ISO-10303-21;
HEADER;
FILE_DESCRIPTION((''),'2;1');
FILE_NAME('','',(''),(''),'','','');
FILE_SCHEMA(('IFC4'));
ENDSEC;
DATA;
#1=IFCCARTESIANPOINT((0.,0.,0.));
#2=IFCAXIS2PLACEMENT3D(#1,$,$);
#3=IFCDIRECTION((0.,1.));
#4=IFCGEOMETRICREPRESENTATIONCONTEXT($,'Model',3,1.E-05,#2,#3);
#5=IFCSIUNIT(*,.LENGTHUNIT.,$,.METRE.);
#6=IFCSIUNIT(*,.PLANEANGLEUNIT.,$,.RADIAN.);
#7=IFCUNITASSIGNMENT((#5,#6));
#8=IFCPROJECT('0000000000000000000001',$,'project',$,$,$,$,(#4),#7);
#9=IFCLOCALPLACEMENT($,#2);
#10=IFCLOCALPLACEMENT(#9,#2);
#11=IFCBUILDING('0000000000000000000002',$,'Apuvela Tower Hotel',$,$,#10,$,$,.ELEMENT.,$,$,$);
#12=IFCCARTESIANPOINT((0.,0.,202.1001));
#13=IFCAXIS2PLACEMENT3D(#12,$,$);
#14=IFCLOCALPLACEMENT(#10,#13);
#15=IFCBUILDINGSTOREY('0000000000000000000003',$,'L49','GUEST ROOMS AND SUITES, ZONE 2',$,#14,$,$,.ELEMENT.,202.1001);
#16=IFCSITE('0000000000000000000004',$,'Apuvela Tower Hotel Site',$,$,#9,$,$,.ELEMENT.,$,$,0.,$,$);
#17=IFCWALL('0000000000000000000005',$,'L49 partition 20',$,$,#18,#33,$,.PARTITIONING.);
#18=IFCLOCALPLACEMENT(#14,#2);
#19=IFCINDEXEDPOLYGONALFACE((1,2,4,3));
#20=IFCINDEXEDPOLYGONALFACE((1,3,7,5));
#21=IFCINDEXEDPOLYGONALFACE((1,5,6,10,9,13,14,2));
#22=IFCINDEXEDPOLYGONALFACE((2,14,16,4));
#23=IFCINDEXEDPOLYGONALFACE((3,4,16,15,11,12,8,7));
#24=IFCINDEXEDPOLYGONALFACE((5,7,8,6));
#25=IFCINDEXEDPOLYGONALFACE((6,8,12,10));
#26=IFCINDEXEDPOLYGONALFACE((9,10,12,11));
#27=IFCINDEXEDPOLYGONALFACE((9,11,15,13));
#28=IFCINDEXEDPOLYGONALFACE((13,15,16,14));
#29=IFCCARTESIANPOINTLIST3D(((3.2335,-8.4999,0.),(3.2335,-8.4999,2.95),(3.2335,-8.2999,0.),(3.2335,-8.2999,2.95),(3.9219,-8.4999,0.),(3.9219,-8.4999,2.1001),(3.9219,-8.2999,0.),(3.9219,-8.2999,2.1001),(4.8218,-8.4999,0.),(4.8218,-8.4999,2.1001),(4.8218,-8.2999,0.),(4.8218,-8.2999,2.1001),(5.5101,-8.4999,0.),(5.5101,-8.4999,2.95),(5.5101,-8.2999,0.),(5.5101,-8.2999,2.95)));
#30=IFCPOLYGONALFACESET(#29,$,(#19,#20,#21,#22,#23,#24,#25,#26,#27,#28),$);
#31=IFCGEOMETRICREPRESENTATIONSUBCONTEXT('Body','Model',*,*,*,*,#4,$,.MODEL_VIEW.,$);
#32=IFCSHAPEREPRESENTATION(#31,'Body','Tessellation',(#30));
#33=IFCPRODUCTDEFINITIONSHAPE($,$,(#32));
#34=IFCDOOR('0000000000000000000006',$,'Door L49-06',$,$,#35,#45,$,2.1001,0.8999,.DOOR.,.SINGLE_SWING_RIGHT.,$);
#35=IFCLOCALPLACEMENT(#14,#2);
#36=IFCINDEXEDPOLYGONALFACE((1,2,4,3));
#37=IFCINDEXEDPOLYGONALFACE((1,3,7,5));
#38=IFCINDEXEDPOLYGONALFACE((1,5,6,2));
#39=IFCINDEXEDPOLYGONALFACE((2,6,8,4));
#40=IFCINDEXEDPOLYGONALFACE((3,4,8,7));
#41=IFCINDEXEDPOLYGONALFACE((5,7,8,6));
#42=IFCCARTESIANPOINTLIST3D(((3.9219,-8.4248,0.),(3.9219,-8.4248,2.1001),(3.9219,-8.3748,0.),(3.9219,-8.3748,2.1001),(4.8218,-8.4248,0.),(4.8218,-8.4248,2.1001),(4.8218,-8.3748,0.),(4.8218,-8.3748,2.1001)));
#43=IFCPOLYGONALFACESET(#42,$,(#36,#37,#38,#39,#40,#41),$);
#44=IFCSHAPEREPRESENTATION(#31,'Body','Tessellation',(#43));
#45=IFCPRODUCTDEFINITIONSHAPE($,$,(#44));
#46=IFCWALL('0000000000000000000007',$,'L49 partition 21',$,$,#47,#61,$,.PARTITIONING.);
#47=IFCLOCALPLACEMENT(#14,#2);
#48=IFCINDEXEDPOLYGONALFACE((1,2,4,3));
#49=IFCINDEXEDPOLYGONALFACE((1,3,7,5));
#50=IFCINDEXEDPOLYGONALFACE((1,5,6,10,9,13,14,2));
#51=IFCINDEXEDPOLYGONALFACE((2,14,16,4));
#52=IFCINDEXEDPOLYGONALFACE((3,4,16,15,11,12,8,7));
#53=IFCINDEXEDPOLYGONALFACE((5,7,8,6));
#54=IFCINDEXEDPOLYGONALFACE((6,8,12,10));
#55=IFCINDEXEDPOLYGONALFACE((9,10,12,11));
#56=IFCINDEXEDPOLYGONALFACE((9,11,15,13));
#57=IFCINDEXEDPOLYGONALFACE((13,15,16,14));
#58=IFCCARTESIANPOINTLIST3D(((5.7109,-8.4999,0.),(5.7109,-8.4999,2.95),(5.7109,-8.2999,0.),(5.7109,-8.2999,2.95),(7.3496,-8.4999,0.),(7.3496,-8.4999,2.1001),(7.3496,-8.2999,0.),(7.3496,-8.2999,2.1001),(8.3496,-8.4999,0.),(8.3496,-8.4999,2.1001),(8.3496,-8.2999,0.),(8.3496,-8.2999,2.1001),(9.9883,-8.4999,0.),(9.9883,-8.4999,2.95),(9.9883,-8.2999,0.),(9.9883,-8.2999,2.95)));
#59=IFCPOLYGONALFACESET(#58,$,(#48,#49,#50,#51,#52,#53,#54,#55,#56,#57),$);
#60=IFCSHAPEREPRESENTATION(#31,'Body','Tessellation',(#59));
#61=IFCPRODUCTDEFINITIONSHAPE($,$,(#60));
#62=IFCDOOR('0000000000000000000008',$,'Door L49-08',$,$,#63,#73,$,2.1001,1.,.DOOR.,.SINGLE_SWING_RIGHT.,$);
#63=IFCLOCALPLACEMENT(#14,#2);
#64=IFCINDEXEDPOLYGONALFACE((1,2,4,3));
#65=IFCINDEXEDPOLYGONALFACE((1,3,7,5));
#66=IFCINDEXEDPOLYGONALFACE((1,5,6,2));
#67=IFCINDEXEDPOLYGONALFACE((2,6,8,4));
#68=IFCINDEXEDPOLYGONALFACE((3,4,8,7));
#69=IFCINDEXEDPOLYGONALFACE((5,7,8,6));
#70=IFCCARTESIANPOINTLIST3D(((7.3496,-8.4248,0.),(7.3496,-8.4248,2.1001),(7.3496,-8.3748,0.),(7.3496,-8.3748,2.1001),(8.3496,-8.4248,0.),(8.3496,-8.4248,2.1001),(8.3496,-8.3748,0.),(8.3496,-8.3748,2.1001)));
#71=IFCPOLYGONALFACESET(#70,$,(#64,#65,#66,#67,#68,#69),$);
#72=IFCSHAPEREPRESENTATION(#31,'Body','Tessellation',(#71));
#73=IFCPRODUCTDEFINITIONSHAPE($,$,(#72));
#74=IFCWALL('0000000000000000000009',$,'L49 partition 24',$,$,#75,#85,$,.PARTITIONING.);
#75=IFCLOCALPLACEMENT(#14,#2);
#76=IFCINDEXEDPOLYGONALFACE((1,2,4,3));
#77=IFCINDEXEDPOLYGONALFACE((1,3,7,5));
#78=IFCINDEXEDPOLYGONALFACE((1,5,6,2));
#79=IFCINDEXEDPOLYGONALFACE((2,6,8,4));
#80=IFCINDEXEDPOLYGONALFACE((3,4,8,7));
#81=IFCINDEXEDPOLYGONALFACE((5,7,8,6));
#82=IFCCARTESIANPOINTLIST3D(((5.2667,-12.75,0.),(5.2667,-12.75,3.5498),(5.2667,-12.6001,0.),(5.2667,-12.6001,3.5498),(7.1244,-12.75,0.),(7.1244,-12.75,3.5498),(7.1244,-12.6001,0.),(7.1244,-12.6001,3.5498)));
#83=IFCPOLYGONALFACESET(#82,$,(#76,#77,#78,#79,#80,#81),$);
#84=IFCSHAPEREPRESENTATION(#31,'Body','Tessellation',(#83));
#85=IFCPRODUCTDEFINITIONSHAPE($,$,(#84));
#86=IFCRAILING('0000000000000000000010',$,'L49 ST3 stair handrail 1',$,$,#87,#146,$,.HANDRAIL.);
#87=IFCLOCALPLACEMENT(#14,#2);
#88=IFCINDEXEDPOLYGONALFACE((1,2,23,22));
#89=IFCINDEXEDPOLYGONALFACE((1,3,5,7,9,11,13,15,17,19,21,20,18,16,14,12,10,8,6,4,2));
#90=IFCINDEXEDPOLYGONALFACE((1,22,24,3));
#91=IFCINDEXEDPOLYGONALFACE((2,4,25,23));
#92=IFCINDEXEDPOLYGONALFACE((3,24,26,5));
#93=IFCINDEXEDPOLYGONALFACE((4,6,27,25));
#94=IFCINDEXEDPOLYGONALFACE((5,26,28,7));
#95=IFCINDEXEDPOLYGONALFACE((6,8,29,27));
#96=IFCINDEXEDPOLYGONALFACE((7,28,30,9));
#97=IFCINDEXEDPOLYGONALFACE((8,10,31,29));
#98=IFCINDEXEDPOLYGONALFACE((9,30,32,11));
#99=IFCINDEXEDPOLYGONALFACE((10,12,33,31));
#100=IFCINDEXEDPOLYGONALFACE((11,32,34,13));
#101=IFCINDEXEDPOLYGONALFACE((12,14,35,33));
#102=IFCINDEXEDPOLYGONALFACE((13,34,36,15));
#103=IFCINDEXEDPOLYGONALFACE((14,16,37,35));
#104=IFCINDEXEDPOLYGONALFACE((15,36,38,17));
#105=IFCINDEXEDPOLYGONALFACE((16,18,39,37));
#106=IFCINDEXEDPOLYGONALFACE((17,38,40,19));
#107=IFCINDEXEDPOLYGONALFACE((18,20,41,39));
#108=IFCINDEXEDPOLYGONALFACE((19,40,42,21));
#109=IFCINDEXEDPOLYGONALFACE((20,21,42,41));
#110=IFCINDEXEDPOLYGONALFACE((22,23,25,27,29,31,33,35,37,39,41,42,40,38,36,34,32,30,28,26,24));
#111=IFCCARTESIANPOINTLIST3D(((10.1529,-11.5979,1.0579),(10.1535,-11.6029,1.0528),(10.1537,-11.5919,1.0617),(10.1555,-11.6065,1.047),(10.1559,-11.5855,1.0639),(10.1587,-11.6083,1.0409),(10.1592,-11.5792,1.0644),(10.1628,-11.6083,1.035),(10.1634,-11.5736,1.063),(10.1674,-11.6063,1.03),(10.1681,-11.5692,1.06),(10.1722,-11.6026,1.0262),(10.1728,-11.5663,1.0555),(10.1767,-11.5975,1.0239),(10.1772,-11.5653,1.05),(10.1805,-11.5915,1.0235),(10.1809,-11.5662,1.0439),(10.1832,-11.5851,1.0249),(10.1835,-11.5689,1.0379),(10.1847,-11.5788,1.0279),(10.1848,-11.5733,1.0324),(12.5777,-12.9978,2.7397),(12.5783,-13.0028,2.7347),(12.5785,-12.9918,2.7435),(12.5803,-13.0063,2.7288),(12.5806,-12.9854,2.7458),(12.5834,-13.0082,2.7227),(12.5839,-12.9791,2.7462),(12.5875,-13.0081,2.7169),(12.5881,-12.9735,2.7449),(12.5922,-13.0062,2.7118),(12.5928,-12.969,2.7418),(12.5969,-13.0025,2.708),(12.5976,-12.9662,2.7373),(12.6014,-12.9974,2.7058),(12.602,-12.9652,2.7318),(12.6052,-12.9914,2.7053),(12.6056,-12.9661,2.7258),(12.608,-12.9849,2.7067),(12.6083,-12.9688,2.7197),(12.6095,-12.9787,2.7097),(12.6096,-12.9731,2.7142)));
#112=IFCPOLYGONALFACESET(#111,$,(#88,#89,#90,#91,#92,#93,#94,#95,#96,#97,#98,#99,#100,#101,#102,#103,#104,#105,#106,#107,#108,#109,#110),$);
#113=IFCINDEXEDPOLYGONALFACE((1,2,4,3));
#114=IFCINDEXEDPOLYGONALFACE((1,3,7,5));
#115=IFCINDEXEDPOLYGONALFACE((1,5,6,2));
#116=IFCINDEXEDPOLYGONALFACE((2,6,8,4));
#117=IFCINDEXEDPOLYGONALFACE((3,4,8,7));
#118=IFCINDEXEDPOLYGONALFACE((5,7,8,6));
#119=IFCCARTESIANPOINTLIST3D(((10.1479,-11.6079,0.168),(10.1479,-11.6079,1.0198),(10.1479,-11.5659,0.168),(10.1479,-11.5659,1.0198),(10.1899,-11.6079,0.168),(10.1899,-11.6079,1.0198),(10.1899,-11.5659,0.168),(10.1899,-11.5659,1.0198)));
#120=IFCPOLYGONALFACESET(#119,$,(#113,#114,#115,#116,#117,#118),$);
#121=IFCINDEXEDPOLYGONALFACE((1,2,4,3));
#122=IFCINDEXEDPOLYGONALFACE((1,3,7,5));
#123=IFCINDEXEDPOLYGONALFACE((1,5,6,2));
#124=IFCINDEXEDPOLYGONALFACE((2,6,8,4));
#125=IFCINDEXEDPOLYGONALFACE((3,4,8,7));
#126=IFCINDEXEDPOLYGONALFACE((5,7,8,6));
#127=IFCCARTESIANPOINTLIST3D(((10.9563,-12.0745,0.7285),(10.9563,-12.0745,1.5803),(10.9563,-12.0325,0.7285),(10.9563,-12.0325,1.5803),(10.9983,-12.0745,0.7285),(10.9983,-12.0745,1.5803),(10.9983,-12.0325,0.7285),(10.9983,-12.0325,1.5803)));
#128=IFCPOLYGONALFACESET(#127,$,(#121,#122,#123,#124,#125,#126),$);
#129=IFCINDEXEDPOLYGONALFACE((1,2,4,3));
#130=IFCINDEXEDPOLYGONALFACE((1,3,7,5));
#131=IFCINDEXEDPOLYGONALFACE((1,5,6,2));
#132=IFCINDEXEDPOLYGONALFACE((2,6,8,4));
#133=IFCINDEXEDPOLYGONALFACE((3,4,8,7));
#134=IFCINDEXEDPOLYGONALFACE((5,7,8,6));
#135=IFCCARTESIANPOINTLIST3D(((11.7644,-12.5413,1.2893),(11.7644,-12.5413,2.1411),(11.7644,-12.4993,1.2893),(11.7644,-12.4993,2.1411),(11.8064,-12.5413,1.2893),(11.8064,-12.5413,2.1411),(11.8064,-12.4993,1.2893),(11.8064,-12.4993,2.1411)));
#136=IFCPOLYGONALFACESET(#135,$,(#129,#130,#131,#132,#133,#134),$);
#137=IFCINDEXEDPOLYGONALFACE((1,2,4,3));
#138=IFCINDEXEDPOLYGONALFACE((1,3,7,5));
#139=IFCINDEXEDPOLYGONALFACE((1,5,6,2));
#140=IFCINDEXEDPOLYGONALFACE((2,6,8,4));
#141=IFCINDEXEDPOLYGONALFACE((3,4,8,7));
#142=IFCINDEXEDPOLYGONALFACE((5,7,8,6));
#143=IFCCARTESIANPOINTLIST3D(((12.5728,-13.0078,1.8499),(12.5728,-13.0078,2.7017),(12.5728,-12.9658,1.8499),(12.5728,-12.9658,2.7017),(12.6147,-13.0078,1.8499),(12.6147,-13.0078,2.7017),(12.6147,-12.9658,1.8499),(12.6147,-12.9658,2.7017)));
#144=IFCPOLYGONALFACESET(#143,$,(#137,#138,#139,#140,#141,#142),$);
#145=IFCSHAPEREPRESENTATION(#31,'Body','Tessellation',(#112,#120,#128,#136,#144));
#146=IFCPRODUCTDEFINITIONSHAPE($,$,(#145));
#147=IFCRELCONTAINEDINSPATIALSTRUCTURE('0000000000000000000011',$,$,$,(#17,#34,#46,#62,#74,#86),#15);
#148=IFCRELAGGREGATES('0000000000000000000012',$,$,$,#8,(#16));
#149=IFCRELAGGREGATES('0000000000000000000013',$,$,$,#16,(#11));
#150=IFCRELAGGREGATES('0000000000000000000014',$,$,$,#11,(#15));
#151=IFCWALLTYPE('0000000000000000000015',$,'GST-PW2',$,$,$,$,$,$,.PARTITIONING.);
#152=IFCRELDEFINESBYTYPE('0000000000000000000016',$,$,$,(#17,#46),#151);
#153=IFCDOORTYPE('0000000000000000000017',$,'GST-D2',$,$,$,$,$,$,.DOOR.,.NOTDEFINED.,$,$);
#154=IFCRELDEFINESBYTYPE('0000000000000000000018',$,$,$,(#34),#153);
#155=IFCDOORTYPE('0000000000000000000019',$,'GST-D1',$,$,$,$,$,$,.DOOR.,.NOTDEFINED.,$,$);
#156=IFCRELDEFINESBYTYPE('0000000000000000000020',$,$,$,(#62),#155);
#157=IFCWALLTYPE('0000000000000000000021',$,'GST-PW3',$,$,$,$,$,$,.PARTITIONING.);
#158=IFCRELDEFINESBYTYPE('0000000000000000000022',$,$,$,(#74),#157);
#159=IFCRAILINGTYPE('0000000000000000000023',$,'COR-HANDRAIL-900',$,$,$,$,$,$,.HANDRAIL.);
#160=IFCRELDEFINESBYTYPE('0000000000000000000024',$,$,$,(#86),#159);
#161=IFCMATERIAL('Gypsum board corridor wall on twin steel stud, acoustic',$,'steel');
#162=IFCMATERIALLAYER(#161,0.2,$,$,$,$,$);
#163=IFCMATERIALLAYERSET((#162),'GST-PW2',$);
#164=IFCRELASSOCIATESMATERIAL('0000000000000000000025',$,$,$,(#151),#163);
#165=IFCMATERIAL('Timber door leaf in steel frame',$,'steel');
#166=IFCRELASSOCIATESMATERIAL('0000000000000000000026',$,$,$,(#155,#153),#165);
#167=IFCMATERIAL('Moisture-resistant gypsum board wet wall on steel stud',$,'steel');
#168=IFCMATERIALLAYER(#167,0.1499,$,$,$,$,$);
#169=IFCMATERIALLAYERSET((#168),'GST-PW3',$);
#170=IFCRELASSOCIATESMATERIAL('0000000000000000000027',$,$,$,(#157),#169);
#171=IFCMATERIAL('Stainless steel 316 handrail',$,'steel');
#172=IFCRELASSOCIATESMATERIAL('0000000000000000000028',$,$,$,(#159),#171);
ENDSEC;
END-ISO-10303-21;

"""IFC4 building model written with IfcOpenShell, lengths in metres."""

from ifc_helpers import new_model, si_unit, direction, frame, frame_2d, origin, origin_2d, place, context, subcontext, project, spatial, rectangle, circle, extrude, material, layer, layer_set, type_object, element, fill, save


model = new_model("IFC4")

# Units and contexts
model_context = context("Model", 3, precision=1e-05, world=origin(), true_north=direction((0.0, 1.0)))
body_context = subcontext(model_context, "Body", "Model", "MODEL_VIEW")
ifc_project = project(units=[si_unit("LENGTHUNIT", "METRE"), si_unit("PLANEANGLEUNIT", "RADIAN")], contexts=[model_context])

# Site, building, storey
site_placement = place(None, origin())
site = spatial("IfcSite", under=ifc_project, at=site_placement, Name="Apuvela Tower Hotel Site", CompositionType="ELEMENT", RefElevation=0.0)
building_placement = place(site_placement, origin())
building = spatial("IfcBuilding", under=site, at=building_placement, Name="Apuvela Tower Hotel", CompositionType="ELEMENT")
storey_placement = place(building_placement, frame((0.0, 0.0, 202.1001)))
storey = spatial("IfcBuildingStorey", under=building, at=storey_placement, Name="L49", Description="GUEST ROOMS AND SUITES, ZONE 2", CompositionType="ELEMENT", Elevation=202.1001)

# Walls, openings, doors
ifc_material_1 = material(Name="Gypsum board corridor wall on twin steel stud, acoustic", Category="steel")
ifc_layer_1 = layer(ifc_material_1, 0.2)
ifc_layer_set_1 = layer_set([ifc_layer_1], Name="GST-PW2")
wall_type_1 = type_object("IfcWallType", Name="GST-PW2", PredefinedType="PARTITIONING", material=ifc_layer_set_1)
ifc_material_2 = material(Name="Timber door leaf in steel frame", Category="steel")
door_type_1 = type_object("IfcDoorType", Name="GST-D1", OperationType="NOTDEFINED", PredefinedType="DOOR", material=ifc_material_2)
door_type_2 = type_object("IfcDoorType", Name="GST-D2", OperationType="NOTDEFINED", PredefinedType="DOOR", material=ifc_material_2)
wall_1_placement = place(storey_placement, frame((5.51, -8.3999, 0.0), z_axis=(0.0, 0.0, 1.0), x_axis=(-1.0, 0.0, 0.0)))
wall_1 = element("IfcWall", 1, at=wall_1_placement, inside=storey, type_object=wall_type_1, Name="L49 partition 20", PredefinedType="PARTITIONING", context=body_context, shape_type="SweptSolid", body=[
    extrude(rectangle(XDim=2.2766, YDim=0.2, at=frame_2d((1.1382, 0.0))), origin(), (0.0, 0.0, 1.0), 2.95),
])
opening_1_placement = place(wall_1_placement, frame((0.6882, 0.0, 0.0)))
opening_1 = element("IfcOpeningElement", 2, at=opening_1_placement, cuts=wall_1, PredefinedType="OPENING", context=body_context, shape_type="SweptSolid", body=[
    extrude(rectangle(XDim=0.8999, YDim=2.1001, at=frame_2d((0.45, 1.05))), frame((0.0, 0.1099, 0.0), z_axis=(0.0, -1.0, 0.0), x_axis=(1.0, 0.0, 0.0)), (0.0, 0.0, 1.0), 0.22),
])
door_1_placement = place(opening_1_placement, origin())
door_1 = element("IfcDoor", 3, at=door_1_placement, inside=storey, type_object=door_type_2, Name="Door L49-06", OperationType="SINGLE_SWING_RIGHT", OverallHeight=2.1001, OverallWidth=0.8999, PredefinedType="DOOR", context=body_context, shape_type="SweptSolid", body=[
    extrude(rectangle(XDim=0.8999, YDim=2.1001, at=frame_2d((0.45, 1.05))), frame((0.0, 0.0249, 0.0), z_axis=(0.0, -1.0, 0.0), x_axis=(1.0, 0.0, 0.0)), (0.0, 0.0, 1.0), 0.05),
])
fill(opening_1, door_1)
wall_2_placement = place(storey_placement, frame((9.9883, -8.3999, 0.0), z_axis=(0.0, 0.0, 1.0), x_axis=(-1.0, 0.0, 0.0)))
wall_2 = element("IfcWall", 4, at=wall_2_placement, inside=storey, type_object=wall_type_1, Name="L49 partition 21", PredefinedType="PARTITIONING", context=body_context, shape_type="SweptSolid", body=[
    extrude(rectangle(XDim=4.2773, YDim=0.2, at=frame_2d((2.1387, 0.0))), origin(), (0.0, 0.0, 1.0), 2.95),
])
opening_2_placement = place(wall_2_placement, frame((1.6387, 0.0, 0.0)))
opening_2 = element("IfcOpeningElement", 5, at=opening_2_placement, cuts=wall_2, PredefinedType="OPENING", context=body_context, shape_type="SweptSolid", body=[
    extrude(rectangle(XDim=1.0, YDim=2.1001, at=frame_2d((0.5, 1.05))), frame((0.0, 0.1099, 0.0), z_axis=(0.0, -1.0, 0.0), x_axis=(1.0, 0.0, 0.0)), (0.0, 0.0, 1.0), 0.22),
])
door_2_placement = place(opening_2_placement, origin())
door_2 = element("IfcDoor", 6, at=door_2_placement, inside=storey, type_object=door_type_1, Name="Door L49-08", OperationType="SINGLE_SWING_RIGHT", OverallHeight=2.1001, OverallWidth=1.0, PredefinedType="DOOR", context=body_context, shape_type="SweptSolid", body=[
    extrude(rectangle(XDim=1.0, YDim=2.1001, at=frame_2d((0.5, 1.05))), frame((0.0, 0.0249, 0.0), z_axis=(0.0, -1.0, 0.0), x_axis=(1.0, 0.0, 0.0)), (0.0, 0.0, 1.0), 0.05),
])
fill(opening_2, door_2)

# Wall
ifc_material_3 = material(Name="Moisture-resistant gypsum board wet wall on steel stud", Category="steel")
ifc_layer_2 = layer(ifc_material_3, 0.1499)
ifc_layer_set_2 = layer_set([ifc_layer_2], Name="GST-PW3")
wall_type_2 = type_object("IfcWallType", Name="GST-PW3", PredefinedType="PARTITIONING", material=ifc_layer_set_2)
wall_3_placement = place(storey_placement, frame((5.2668, -12.675, 0.0), z_axis=(0.0, 0.0, 1.0), x_axis=(1.0, 0.0, 0.0)))
element("IfcWall", 7, at=wall_3_placement, inside=storey, type_object=wall_type_2, Name="L49 partition 24", PredefinedType="PARTITIONING", context=body_context, shape_type="SweptSolid", body=[
    extrude(rectangle(XDim=1.8577, YDim=0.1499, at=frame_2d((0.9287, 0.0))), origin(), (0.0, 0.0, 1.0), 3.5498),
])

# Railing
ifc_material_4 = material(Name="Stainless steel 316 handrail", Category="steel")
railing_type_1 = type_object("IfcRailingType", Name="COR-HANDRAIL-900", PredefinedType="HANDRAIL", material=ifc_material_4)
railing_1_placement = place(storey_placement, frame((10.1689, -11.5869, 0.168)))
element("IfcRailing", 8, at=railing_1_placement, inside=storey, type_object=railing_type_1, Name="L49 ST3 stair handrail 1", PredefinedType="HANDRAIL", context=body_context, shape_type="SweptSolid", body=[
    extrude(circle(Radius=0.0239, at=origin_2d()), frame((0.0, 0.0, 0.876), z_axis=(0.74239, -0.428601, 0.514934), x_axis=(0.499984, 0.866035, 0.0)), (0.0, 0.0, 1.0), 3.2661),
    extrude(rectangle(XDim=0.042, YDim=0.042, at=origin_2d()), origin(), (0.0, 0.0, 1.0), 0.8518),
    extrude(rectangle(XDim=0.042, YDim=0.042, at=origin_2d()), frame((0.8083, -0.4666, 0.5605)), (0.0, 0.0, 1.0), 0.8518),
    extrude(rectangle(XDim=0.042, YDim=0.042, at=origin_2d()), frame((1.6165, -0.9333, 1.1213)), (0.0, 0.0, 1.0), 0.8518),
    extrude(rectangle(XDim=0.042, YDim=0.042, at=origin_2d()), frame((2.4248, -1.3999, 1.6819)), (0.0, 0.0, 1.0), 0.8518),
])

save(model, "model.ifc")
